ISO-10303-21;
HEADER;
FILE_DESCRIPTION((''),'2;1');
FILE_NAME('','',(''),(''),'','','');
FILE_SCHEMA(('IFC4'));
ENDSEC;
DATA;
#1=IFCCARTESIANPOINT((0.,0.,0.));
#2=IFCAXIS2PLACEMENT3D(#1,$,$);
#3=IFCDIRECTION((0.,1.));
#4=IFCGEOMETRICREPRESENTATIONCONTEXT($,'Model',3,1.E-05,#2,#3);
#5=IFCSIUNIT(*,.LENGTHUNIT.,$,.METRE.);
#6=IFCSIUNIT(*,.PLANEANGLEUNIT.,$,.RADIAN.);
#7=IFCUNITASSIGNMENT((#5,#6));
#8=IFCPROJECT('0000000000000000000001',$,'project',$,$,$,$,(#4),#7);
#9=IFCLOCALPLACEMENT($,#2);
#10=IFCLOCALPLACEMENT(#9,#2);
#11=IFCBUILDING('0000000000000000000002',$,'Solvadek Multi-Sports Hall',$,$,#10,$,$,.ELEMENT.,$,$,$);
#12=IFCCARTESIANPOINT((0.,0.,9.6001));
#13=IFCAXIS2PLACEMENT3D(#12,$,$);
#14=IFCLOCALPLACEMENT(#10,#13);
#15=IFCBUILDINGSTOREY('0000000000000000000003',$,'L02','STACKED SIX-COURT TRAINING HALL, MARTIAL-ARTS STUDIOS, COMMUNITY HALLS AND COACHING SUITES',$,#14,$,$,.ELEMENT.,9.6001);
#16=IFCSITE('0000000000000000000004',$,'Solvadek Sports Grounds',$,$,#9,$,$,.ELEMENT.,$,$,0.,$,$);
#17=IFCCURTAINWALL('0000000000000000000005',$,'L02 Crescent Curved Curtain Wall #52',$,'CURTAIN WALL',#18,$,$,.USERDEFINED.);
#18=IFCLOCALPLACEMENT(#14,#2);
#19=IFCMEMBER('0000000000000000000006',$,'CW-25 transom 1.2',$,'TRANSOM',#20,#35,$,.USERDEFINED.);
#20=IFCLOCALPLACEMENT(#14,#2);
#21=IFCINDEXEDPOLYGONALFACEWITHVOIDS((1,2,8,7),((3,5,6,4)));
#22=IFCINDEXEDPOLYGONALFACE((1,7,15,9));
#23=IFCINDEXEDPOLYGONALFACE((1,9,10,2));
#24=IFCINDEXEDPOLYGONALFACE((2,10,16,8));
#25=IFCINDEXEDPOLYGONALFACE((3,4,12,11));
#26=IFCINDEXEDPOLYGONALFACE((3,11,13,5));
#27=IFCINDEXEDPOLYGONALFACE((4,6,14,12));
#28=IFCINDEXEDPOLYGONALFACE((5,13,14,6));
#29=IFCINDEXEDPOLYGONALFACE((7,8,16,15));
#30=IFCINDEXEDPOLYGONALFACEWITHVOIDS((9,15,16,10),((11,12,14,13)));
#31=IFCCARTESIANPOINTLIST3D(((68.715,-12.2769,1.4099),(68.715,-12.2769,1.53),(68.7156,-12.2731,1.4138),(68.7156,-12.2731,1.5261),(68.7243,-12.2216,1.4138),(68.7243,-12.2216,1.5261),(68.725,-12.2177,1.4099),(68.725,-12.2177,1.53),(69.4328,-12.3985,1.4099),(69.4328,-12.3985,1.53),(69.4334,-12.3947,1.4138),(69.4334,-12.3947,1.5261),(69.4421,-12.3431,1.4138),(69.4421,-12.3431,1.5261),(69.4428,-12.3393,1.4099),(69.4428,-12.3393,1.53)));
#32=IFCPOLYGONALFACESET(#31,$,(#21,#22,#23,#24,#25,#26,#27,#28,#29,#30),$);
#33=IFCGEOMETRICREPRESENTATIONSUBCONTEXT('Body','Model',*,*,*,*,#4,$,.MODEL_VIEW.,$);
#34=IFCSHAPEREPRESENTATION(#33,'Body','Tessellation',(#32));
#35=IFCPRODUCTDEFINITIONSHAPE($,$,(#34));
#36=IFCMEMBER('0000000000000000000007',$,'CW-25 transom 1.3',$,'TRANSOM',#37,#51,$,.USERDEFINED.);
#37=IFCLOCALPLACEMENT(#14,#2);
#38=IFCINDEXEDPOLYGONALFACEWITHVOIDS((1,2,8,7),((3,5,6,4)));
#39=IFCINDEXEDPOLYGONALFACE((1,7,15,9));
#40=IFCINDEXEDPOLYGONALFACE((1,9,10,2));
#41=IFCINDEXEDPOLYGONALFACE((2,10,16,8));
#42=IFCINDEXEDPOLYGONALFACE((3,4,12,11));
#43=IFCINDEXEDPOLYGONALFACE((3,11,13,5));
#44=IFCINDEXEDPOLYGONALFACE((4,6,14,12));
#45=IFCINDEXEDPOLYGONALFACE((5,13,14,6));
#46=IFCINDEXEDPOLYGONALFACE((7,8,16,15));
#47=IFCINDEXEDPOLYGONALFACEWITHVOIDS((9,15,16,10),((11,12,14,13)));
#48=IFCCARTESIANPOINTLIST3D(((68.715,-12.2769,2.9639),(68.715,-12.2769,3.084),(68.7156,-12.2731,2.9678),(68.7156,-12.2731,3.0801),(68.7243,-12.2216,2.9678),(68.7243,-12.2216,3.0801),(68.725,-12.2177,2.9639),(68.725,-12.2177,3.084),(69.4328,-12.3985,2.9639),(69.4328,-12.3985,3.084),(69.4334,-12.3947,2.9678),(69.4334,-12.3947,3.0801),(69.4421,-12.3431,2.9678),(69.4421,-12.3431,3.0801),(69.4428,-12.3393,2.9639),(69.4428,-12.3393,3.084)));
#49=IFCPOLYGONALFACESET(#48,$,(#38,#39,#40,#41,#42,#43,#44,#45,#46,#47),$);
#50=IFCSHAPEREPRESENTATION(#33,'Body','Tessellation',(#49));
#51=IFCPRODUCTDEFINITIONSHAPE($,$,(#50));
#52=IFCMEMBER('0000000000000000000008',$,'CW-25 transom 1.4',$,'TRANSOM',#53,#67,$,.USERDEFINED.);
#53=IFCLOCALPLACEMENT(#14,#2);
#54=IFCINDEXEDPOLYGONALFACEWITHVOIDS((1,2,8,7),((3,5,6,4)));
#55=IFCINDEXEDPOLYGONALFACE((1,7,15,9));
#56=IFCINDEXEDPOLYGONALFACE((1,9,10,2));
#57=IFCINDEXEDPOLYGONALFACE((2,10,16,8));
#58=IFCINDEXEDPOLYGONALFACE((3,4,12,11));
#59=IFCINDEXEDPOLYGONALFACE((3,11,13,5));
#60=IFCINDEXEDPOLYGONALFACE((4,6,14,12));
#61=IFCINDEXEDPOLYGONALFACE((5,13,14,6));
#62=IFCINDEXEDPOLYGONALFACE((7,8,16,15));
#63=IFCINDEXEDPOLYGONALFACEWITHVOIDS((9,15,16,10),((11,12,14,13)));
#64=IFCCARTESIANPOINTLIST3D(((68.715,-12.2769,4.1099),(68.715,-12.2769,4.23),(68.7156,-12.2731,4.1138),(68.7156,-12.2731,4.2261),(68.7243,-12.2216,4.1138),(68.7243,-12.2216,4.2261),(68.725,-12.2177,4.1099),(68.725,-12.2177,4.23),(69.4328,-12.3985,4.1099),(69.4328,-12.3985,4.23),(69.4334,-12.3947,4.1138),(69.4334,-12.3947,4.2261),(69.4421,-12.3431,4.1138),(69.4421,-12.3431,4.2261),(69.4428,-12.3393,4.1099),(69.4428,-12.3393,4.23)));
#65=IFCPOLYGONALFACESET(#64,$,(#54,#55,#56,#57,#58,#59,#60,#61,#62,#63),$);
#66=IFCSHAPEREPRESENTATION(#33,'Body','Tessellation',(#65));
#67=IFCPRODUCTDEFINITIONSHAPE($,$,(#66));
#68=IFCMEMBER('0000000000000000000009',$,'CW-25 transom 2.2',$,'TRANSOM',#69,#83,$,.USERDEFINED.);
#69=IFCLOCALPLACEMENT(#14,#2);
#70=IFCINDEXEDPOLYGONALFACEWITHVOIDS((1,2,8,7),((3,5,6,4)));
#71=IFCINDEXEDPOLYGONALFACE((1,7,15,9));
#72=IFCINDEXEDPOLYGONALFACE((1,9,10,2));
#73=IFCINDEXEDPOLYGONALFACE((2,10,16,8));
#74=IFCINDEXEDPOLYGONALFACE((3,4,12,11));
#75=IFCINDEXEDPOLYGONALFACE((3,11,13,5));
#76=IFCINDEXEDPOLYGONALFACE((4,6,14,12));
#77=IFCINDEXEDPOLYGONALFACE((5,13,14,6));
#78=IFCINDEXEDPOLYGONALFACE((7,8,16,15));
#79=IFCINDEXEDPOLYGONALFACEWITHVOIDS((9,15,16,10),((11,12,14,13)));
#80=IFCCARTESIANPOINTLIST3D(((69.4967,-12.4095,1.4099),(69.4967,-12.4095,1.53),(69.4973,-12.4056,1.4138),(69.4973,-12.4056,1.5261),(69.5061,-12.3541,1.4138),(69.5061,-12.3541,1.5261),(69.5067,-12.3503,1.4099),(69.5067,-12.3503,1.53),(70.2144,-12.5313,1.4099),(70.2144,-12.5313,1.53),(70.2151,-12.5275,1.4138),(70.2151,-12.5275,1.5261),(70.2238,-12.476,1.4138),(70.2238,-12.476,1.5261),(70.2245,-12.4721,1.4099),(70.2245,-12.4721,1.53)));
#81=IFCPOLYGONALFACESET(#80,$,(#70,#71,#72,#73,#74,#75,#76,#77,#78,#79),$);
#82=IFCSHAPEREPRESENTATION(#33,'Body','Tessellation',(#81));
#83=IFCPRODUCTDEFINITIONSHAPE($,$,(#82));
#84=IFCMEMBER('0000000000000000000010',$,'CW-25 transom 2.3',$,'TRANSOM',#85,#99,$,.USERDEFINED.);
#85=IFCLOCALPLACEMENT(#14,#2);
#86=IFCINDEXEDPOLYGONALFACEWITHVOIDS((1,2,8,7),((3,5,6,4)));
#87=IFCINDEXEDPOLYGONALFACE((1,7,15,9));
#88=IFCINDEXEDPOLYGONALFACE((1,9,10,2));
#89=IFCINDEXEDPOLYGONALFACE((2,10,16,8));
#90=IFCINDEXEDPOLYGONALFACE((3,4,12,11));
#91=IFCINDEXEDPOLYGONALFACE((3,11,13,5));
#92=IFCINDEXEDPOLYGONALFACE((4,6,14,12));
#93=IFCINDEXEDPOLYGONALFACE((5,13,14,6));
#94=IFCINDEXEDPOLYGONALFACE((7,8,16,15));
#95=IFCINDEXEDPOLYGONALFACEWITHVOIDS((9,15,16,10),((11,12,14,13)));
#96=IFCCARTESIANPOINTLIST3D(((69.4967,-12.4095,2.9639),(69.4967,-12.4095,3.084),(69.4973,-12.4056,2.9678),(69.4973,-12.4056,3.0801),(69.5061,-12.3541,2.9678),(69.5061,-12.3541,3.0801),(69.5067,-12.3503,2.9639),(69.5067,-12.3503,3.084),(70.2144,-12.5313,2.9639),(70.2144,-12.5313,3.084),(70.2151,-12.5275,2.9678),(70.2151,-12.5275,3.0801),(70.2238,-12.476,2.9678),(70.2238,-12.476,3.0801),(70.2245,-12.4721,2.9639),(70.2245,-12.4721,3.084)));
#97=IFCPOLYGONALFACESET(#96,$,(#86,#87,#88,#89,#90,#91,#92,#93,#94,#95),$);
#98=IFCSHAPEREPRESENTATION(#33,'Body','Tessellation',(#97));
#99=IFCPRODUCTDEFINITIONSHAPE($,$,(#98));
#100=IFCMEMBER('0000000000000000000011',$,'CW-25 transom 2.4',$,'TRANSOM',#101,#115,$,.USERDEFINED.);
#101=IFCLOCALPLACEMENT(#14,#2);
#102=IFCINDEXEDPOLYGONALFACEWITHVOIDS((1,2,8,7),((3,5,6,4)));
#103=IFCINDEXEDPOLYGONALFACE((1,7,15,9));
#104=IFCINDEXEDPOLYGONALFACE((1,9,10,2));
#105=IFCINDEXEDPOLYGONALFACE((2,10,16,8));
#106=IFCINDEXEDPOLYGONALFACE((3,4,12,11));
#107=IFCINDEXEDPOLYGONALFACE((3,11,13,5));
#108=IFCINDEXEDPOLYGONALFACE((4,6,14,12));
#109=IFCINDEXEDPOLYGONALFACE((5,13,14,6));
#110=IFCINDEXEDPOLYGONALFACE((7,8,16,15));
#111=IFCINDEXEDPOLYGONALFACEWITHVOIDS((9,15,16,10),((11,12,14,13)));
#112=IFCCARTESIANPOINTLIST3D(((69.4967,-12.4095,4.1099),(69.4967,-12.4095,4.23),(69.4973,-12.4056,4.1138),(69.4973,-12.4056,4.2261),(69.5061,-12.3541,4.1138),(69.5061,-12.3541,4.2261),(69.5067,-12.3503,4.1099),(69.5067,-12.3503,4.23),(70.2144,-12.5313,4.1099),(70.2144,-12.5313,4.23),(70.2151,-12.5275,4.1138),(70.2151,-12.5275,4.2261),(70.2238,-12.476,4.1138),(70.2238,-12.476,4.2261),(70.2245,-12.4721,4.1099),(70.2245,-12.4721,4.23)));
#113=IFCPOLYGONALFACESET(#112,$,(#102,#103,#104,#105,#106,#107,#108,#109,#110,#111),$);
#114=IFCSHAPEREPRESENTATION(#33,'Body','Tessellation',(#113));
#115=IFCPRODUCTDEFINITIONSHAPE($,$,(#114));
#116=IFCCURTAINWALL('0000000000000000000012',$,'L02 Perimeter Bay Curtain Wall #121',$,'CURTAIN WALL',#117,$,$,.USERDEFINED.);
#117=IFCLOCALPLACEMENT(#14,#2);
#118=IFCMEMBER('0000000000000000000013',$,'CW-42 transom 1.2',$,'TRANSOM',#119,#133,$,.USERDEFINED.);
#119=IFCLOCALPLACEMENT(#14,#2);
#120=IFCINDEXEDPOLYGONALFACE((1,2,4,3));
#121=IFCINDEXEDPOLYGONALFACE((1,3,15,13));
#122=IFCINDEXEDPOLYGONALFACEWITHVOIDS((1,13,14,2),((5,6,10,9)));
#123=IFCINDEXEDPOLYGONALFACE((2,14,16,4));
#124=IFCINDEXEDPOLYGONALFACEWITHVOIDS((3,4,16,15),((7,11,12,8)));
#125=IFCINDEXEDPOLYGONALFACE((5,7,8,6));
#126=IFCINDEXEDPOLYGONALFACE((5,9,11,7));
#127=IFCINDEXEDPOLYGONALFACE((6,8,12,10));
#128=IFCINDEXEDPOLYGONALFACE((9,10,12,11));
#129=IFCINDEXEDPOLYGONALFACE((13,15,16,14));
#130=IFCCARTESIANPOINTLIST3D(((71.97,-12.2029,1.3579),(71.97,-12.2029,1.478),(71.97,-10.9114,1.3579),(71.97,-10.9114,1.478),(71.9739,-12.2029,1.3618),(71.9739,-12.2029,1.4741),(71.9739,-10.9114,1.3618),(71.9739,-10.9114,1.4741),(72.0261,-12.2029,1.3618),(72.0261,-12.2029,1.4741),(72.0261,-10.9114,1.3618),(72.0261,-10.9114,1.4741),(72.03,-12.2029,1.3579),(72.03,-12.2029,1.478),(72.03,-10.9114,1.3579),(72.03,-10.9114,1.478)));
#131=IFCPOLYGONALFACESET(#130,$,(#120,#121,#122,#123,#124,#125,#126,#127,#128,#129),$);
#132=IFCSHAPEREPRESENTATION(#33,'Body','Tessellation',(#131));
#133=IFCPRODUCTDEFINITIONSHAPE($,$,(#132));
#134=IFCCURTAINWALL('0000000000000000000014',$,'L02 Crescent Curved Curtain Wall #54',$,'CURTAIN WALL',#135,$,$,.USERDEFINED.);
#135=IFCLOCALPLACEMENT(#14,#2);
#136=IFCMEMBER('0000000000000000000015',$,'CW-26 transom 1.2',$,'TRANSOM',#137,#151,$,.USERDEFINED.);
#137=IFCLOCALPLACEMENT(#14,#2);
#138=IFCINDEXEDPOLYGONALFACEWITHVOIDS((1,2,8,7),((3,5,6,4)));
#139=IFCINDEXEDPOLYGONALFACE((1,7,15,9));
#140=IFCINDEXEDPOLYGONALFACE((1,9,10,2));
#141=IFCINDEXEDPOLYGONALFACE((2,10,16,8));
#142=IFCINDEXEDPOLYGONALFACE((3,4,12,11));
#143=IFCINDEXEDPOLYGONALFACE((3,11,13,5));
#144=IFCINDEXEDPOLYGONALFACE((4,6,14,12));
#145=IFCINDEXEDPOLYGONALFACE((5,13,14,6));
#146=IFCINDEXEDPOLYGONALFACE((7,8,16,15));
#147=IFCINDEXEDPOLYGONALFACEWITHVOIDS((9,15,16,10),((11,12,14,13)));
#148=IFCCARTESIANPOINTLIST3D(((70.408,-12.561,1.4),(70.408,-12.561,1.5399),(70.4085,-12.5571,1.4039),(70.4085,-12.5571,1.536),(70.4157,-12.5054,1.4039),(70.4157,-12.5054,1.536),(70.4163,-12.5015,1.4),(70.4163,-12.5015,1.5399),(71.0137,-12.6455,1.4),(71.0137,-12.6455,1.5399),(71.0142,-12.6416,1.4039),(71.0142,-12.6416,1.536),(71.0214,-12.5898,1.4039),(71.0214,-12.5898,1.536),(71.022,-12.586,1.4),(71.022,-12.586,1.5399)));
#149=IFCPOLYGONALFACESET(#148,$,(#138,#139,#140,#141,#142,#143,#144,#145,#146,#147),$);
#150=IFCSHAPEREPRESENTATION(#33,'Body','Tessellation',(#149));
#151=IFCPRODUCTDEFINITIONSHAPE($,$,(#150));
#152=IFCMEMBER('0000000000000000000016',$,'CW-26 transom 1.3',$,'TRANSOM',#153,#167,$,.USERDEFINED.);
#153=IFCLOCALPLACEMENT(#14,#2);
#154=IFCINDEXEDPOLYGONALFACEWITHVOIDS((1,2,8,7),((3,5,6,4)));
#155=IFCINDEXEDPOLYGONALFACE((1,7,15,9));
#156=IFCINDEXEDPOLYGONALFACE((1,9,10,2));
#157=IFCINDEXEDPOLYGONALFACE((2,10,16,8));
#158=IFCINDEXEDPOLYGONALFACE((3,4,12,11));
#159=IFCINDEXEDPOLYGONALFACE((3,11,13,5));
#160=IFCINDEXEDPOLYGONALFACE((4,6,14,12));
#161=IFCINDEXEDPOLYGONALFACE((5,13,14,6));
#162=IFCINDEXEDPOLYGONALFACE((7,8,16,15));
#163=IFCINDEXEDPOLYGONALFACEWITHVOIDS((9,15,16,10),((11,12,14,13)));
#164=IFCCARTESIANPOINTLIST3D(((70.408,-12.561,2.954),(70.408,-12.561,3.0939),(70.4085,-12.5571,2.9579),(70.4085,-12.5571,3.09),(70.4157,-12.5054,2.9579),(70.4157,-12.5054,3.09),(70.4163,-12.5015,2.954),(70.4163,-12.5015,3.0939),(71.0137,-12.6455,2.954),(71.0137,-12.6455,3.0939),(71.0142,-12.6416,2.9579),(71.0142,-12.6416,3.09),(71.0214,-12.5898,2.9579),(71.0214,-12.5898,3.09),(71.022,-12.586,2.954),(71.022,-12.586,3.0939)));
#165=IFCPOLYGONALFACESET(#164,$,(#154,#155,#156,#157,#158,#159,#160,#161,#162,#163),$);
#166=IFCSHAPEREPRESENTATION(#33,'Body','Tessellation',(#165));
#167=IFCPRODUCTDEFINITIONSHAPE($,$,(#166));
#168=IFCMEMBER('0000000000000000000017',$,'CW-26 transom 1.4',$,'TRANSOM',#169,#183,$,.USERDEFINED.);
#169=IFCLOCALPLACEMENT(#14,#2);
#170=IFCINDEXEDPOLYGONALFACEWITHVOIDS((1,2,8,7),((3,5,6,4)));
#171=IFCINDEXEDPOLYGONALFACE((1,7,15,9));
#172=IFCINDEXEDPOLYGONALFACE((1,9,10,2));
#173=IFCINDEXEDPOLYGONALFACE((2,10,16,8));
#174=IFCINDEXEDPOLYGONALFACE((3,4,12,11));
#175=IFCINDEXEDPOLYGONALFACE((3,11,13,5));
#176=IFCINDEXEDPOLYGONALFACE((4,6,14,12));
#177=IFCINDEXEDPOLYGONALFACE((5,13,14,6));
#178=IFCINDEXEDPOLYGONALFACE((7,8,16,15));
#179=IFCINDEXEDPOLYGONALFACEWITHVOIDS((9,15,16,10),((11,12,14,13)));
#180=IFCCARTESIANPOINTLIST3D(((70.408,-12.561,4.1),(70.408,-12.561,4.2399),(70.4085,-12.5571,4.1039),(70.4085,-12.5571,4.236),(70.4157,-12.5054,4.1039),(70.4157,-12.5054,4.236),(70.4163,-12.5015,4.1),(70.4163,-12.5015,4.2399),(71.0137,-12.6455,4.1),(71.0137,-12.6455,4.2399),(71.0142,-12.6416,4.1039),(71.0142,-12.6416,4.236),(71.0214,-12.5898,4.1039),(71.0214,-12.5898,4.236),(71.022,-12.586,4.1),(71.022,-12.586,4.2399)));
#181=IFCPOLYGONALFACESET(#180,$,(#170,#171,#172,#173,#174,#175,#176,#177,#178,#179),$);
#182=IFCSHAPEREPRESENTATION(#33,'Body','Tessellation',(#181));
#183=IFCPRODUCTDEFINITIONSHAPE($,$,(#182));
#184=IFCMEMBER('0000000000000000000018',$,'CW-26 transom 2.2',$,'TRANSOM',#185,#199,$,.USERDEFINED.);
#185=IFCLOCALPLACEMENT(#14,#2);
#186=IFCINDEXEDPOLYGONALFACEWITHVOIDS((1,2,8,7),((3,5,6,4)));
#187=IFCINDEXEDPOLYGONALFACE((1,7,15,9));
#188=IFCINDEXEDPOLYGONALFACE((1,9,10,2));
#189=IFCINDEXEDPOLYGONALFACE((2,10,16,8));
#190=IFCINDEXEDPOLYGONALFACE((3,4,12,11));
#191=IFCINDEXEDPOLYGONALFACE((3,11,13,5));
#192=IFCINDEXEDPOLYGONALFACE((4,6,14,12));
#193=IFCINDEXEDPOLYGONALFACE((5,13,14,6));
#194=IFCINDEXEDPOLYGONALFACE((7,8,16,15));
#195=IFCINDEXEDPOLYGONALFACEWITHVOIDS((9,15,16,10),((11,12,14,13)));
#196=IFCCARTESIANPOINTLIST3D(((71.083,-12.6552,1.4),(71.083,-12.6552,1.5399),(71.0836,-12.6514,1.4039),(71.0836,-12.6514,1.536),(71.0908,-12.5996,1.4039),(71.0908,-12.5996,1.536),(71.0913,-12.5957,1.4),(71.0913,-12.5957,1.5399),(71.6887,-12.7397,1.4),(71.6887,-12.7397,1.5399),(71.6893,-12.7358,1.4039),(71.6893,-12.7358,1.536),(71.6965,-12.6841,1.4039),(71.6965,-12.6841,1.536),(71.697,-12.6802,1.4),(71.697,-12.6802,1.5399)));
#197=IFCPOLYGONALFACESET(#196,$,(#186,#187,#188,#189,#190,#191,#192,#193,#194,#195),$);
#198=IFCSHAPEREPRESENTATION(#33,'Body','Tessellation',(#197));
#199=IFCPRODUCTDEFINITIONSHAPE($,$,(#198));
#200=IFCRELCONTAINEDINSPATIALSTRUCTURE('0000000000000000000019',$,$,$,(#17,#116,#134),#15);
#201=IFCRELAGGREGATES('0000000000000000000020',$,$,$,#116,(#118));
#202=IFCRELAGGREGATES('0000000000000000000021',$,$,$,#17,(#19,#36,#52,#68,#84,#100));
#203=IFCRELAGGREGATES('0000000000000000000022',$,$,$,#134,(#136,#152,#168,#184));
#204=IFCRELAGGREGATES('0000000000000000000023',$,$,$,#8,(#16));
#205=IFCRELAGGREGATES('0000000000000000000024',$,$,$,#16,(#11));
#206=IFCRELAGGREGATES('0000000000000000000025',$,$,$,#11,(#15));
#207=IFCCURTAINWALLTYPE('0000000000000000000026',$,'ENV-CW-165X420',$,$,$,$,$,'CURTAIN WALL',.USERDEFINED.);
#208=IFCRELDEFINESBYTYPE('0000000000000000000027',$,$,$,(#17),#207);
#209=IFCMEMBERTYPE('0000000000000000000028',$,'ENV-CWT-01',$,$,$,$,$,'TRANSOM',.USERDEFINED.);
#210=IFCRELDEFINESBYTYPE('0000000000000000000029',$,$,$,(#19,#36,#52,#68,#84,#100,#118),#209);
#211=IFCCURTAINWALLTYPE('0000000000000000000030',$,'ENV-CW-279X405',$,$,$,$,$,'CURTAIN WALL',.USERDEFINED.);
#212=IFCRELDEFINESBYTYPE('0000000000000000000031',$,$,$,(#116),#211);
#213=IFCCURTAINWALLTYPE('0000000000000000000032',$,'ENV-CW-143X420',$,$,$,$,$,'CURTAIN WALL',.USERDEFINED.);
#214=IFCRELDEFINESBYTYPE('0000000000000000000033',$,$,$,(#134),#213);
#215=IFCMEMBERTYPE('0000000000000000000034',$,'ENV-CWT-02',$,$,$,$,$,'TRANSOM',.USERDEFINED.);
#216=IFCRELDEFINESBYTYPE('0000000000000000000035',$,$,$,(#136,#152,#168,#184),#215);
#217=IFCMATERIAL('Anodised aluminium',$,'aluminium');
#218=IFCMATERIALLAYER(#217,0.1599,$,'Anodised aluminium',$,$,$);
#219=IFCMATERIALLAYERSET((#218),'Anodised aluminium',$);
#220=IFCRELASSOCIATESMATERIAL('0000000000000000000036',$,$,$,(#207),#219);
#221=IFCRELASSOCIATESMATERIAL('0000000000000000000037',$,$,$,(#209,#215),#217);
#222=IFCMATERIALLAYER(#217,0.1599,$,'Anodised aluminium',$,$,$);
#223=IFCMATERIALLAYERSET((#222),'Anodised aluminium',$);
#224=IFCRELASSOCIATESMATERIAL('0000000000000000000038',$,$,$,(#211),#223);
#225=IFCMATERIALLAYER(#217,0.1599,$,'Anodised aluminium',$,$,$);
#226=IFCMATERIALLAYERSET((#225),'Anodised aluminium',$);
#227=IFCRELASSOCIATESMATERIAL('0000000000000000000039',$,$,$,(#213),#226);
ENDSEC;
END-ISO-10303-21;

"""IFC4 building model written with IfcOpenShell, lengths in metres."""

from ifc_helpers import new_model, si_unit, direction, frame, origin, origin_2d, place, context, subcontext, project, spatial, hollow_rectangle, extrude, material, layer, layer_set, material_profile, profile_set, type_object, element, aggregate, save


model = new_model("IFC4")

# Units and contexts
model_context = context("Model", 3, precision=1e-05, world=origin(), true_north=direction((0.0, 1.0)))
body_context = subcontext(model_context, "Body", "Model", "MODEL_VIEW")
ifc_project = project(units=[si_unit("LENGTHUNIT", "METRE"), si_unit("PLANEANGLEUNIT", "RADIAN")], contexts=[model_context])

# Site, building, storey
site_placement = place(None, origin())
site = spatial("IfcSite", under=ifc_project, at=site_placement, Name="Solvadek Sports Grounds", CompositionType="ELEMENT", RefElevation=0.0)
building_placement = place(site_placement, origin())
building = spatial("IfcBuilding", under=site, at=building_placement, Name="Solvadek Multi-Sports Hall", CompositionType="ELEMENT")
storey_placement = place(building_placement, frame((0.0, 0.0, 9.6001)))
storey = spatial("IfcBuildingStorey", under=building, at=storey_placement, Name="L02", Description="STACKED SIX-COURT TRAINING HALL, MARTIAL-ARTS STUDIOS, COMMUNITY HALLS AND COACHING SUITES", CompositionType="ELEMENT", Elevation=9.6001)

# Curtain wall, members
ifc_material_1 = material(Name="Anodised aluminium", Category="aluminium")
ifc_layer_1 = layer(ifc_material_1, 0.1599, Name="Anodised aluminium")
ifc_layer_set_1 = layer_set([ifc_layer_1], Name="Anodised aluminium")
curtain_wall_type_1 = type_object("IfcCurtainWallType", Name="ENV-CW-165X420", ElementType="CURTAIN WALL", PredefinedType="USERDEFINED", material=ifc_layer_set_1)
curtain_wall_1_placement = place(storey_placement, origin())
curtain_wall_1 = element("IfcCurtainWall", 1, at=curtain_wall_1_placement, inside=storey, type_object=curtain_wall_type_1, Name="L02 Crescent Curved Curtain Wall #52", ObjectType="CURTAIN WALL", PredefinedType="USERDEFINED")
ifc_material_profile_1 = material_profile(ifc_material_1, hollow_rectangle(XDim=0.0601, YDim=0.1201, WallThickness=0.0039, at=origin_2d()), Name="ALU-T 120x60x4")
ifc_profile_set_1 = profile_set([ifc_material_profile_1], Name="Anodised aluminium")
member_type_1 = type_object("IfcMemberType", Name="ENV-CWT-01", ElementType="TRANSOM", PredefinedType="USERDEFINED", material=ifc_profile_set_1)
member_1_placement = place(storey_placement, frame((68.72, -12.2473, 1.47), z_axis=(0.985955, -0.167009, 0.0), x_axis=(0.167009, 0.985955, 0.0)))
member_1 = element("IfcMember", 2, at=member_1_placement, type_object=member_type_1, Name="CW-25 transom 1.2", ObjectType="TRANSOM", PredefinedType="USERDEFINED", context=body_context, shape_type="SweptSolid", body=[
    extrude(hollow_rectangle(XDim=0.0601, YDim=0.1201, WallThickness=0.0039, at=origin_2d()), origin(), (0.0, 0.0, 1.0), 0.728),
])
member_2_placement = place(storey_placement, frame((68.72, -12.2473, 3.0239), z_axis=(0.985955, -0.167009, 0.0), x_axis=(0.167009, 0.985955, 0.0)))
member_2 = element("IfcMember", 3, at=member_2_placement, type_object=member_type_1, Name="CW-25 transom 1.3", ObjectType="TRANSOM", PredefinedType="USERDEFINED", context=body_context, shape_type="SweptSolid", body=[
    extrude(hollow_rectangle(XDim=0.0601, YDim=0.1201, WallThickness=0.0039, at=origin_2d()), origin(), (0.0, 0.0, 1.0), 0.728),
])
member_3_placement = place(storey_placement, frame((68.72, -12.2473, 4.1699), z_axis=(0.985955, -0.167009, 0.0), x_axis=(0.167009, 0.985955, 0.0)))
member_3 = element("IfcMember", 4, at=member_3_placement, type_object=member_type_1, Name="CW-25 transom 1.4", ObjectType="TRANSOM", PredefinedType="USERDEFINED", context=body_context, shape_type="SweptSolid", body=[
    extrude(hollow_rectangle(XDim=0.0601, YDim=0.1201, WallThickness=0.0039, at=origin_2d()), origin(), (0.0, 0.0, 1.0), 0.728),
])
member_4_placement = place(storey_placement, frame((69.5017, -12.3799, 1.47), z_axis=(0.9859, -0.167335, 0.0), x_axis=(0.167335, 0.9859, 0.0)))
member_4 = element("IfcMember", 5, at=member_4_placement, type_object=member_type_1, Name="CW-25 transom 2.2", ObjectType="TRANSOM", PredefinedType="USERDEFINED", context=body_context, shape_type="SweptSolid", body=[
    extrude(hollow_rectangle(XDim=0.0601, YDim=0.1201, WallThickness=0.0039, at=origin_2d()), origin(), (0.0, 0.0, 1.0), 0.728),
])
member_5_placement = place(storey_placement, frame((69.5017, -12.3799, 3.0239), z_axis=(0.9859, -0.167335, 0.0), x_axis=(0.167335, 0.9859, 0.0)))
member_5 = element("IfcMember", 6, at=member_5_placement, type_object=member_type_1, Name="CW-25 transom 2.3", ObjectType="TRANSOM", PredefinedType="USERDEFINED", context=body_context, shape_type="SweptSolid", body=[
    extrude(hollow_rectangle(XDim=0.0601, YDim=0.1201, WallThickness=0.0039, at=origin_2d()), origin(), (0.0, 0.0, 1.0), 0.728),
])
member_6_placement = place(storey_placement, frame((69.5017, -12.3799, 4.1699), z_axis=(0.9859, -0.167335, 0.0), x_axis=(0.167335, 0.9859, 0.0)))
member_6 = element("IfcMember", 7, at=member_6_placement, type_object=member_type_1, Name="CW-25 transom 2.4", ObjectType="TRANSOM", PredefinedType="USERDEFINED", context=body_context, shape_type="SweptSolid", body=[
    extrude(hollow_rectangle(XDim=0.0601, YDim=0.1201, WallThickness=0.0039, at=origin_2d()), origin(), (0.0, 0.0, 1.0), 0.728),
])

# Curtain wall, member
ifc_layer_2 = layer(ifc_material_1, 0.1599, Name="Anodised aluminium")
ifc_layer_set_2 = layer_set([ifc_layer_2], Name="Anodised aluminium")
curtain_wall_type_2 = type_object("IfcCurtainWallType", Name="ENV-CW-279X405", ElementType="CURTAIN WALL", PredefinedType="USERDEFINED", material=ifc_layer_set_2)
curtain_wall_2_placement = place(storey_placement, origin())
curtain_wall_2 = element("IfcCurtainWall", 8, at=curtain_wall_2_placement, inside=storey, type_object=curtain_wall_type_2, Name="L02 Perimeter Bay Curtain Wall #121", ObjectType="CURTAIN WALL", PredefinedType="USERDEFINED")
member_7_placement = place(storey_placement, frame((72.0, -12.2029, 1.418), z_axis=(0.0, 1.0, 0.0), x_axis=(-1.0, 0.0, 0.0)))
member_7 = element("IfcMember", 9, at=member_7_placement, type_object=member_type_1, Name="CW-42 transom 1.2", ObjectType="TRANSOM", PredefinedType="USERDEFINED", context=body_context, shape_type="SweptSolid", body=[
    extrude(hollow_rectangle(XDim=0.0601, YDim=0.1201, WallThickness=0.0039, at=origin_2d()), origin(), (0.0, 0.0, 1.0), 1.2915),
])
aggregate(curtain_wall_2, [member_7])

# Curtain wall, members
ifc_layer_3 = layer(ifc_material_1, 0.1599, Name="Anodised aluminium")
ifc_layer_set_3 = layer_set([ifc_layer_3], Name="Anodised aluminium")
curtain_wall_type_3 = type_object("IfcCurtainWallType", Name="ENV-CW-143X420", ElementType="CURTAIN WALL", PredefinedType="USERDEFINED", material=ifc_layer_set_3)
curtain_wall_3_placement = place(storey_placement, origin())
curtain_wall_3 = element("IfcCurtainWall", 10, at=curtain_wall_3_placement, inside=storey, type_object=curtain_wall_type_3, Name="L02 Crescent Curved Curtain Wall #54", ObjectType="CURTAIN WALL", PredefinedType="USERDEFINED")
ifc_material_profile_2 = material_profile(ifc_material_1, hollow_rectangle(XDim=0.0601, YDim=0.1399, WallThickness=0.0039, at=origin_2d()), Name="ALU-T 140x60x4")
ifc_profile_set_2 = profile_set([ifc_material_profile_2], Name="Anodised aluminium")
member_type_2 = type_object("IfcMemberType", Name="ENV-CWT-02", ElementType="TRANSOM", PredefinedType="USERDEFINED", material=ifc_profile_set_2)
member_8_placement = place(storey_placement, frame((70.4121, -12.5312, 1.47), z_axis=(0.990415, -0.138123, 0.0), x_axis=(0.138123, 0.990415, 0.0)))
member_8 = element("IfcMember", 11, at=member_8_placement, type_object=member_type_2, Name="CW-26 transom 1.2", ObjectType="TRANSOM", PredefinedType="USERDEFINED", context=body_context, shape_type="SweptSolid", body=[
    extrude(hollow_rectangle(XDim=0.0601, YDim=0.1399, WallThickness=0.0039, at=origin_2d()), origin(), (0.0, 0.0, 1.0), 0.6116),
])
member_9_placement = place(storey_placement, frame((70.4121, -12.5312, 3.0239), z_axis=(0.990415, -0.138123, 0.0), x_axis=(0.138123, 0.990415, 0.0)))
member_9 = element("IfcMember", 12, at=member_9_placement, type_object=member_type_2, Name="CW-26 transom 1.3", ObjectType="TRANSOM", PredefinedType="USERDEFINED", context=body_context, shape_type="SweptSolid", body=[
    extrude(hollow_rectangle(XDim=0.0601, YDim=0.1399, WallThickness=0.0039, at=origin_2d()), origin(), (0.0, 0.0, 1.0), 0.6116),
])
member_10_placement = place(storey_placement, frame((70.4121, -12.5312, 4.1699), z_axis=(0.990415, -0.138123, 0.0), x_axis=(0.138123, 0.990415, 0.0)))
member_10 = element("IfcMember", 13, at=member_10_placement, type_object=member_type_2, Name="CW-26 transom 1.4", ObjectType="TRANSOM", PredefinedType="USERDEFINED", context=body_context, shape_type="SweptSolid", body=[
    extrude(hollow_rectangle(XDim=0.0601, YDim=0.1399, WallThickness=0.0039, at=origin_2d()), origin(), (0.0, 0.0, 1.0), 0.6116),
])
member_11_placement = place(storey_placement, frame((71.0872, -12.6255, 1.47), z_axis=(0.990415, -0.138123, 0.0), x_axis=(0.138123, 0.990415, 0.0)))
member_11 = element("IfcMember", 14, at=member_11_placement, type_object=member_type_2, Name="CW-26 transom 2.2", ObjectType="TRANSOM", PredefinedType="USERDEFINED", context=body_context, shape_type="SweptSolid", body=[
    extrude(hollow_rectangle(XDim=0.0601, YDim=0.1399, WallThickness=0.0039, at=origin_2d()), origin(), (0.0, 0.0, 1.0), 0.6116),
])

aggregate(curtain_wall_1, [member_1, member_2, member_3, member_4, member_5, member_6])
aggregate(curtain_wall_3, [member_8, member_9, member_10, member_11])

save(model, "model.ifc")
